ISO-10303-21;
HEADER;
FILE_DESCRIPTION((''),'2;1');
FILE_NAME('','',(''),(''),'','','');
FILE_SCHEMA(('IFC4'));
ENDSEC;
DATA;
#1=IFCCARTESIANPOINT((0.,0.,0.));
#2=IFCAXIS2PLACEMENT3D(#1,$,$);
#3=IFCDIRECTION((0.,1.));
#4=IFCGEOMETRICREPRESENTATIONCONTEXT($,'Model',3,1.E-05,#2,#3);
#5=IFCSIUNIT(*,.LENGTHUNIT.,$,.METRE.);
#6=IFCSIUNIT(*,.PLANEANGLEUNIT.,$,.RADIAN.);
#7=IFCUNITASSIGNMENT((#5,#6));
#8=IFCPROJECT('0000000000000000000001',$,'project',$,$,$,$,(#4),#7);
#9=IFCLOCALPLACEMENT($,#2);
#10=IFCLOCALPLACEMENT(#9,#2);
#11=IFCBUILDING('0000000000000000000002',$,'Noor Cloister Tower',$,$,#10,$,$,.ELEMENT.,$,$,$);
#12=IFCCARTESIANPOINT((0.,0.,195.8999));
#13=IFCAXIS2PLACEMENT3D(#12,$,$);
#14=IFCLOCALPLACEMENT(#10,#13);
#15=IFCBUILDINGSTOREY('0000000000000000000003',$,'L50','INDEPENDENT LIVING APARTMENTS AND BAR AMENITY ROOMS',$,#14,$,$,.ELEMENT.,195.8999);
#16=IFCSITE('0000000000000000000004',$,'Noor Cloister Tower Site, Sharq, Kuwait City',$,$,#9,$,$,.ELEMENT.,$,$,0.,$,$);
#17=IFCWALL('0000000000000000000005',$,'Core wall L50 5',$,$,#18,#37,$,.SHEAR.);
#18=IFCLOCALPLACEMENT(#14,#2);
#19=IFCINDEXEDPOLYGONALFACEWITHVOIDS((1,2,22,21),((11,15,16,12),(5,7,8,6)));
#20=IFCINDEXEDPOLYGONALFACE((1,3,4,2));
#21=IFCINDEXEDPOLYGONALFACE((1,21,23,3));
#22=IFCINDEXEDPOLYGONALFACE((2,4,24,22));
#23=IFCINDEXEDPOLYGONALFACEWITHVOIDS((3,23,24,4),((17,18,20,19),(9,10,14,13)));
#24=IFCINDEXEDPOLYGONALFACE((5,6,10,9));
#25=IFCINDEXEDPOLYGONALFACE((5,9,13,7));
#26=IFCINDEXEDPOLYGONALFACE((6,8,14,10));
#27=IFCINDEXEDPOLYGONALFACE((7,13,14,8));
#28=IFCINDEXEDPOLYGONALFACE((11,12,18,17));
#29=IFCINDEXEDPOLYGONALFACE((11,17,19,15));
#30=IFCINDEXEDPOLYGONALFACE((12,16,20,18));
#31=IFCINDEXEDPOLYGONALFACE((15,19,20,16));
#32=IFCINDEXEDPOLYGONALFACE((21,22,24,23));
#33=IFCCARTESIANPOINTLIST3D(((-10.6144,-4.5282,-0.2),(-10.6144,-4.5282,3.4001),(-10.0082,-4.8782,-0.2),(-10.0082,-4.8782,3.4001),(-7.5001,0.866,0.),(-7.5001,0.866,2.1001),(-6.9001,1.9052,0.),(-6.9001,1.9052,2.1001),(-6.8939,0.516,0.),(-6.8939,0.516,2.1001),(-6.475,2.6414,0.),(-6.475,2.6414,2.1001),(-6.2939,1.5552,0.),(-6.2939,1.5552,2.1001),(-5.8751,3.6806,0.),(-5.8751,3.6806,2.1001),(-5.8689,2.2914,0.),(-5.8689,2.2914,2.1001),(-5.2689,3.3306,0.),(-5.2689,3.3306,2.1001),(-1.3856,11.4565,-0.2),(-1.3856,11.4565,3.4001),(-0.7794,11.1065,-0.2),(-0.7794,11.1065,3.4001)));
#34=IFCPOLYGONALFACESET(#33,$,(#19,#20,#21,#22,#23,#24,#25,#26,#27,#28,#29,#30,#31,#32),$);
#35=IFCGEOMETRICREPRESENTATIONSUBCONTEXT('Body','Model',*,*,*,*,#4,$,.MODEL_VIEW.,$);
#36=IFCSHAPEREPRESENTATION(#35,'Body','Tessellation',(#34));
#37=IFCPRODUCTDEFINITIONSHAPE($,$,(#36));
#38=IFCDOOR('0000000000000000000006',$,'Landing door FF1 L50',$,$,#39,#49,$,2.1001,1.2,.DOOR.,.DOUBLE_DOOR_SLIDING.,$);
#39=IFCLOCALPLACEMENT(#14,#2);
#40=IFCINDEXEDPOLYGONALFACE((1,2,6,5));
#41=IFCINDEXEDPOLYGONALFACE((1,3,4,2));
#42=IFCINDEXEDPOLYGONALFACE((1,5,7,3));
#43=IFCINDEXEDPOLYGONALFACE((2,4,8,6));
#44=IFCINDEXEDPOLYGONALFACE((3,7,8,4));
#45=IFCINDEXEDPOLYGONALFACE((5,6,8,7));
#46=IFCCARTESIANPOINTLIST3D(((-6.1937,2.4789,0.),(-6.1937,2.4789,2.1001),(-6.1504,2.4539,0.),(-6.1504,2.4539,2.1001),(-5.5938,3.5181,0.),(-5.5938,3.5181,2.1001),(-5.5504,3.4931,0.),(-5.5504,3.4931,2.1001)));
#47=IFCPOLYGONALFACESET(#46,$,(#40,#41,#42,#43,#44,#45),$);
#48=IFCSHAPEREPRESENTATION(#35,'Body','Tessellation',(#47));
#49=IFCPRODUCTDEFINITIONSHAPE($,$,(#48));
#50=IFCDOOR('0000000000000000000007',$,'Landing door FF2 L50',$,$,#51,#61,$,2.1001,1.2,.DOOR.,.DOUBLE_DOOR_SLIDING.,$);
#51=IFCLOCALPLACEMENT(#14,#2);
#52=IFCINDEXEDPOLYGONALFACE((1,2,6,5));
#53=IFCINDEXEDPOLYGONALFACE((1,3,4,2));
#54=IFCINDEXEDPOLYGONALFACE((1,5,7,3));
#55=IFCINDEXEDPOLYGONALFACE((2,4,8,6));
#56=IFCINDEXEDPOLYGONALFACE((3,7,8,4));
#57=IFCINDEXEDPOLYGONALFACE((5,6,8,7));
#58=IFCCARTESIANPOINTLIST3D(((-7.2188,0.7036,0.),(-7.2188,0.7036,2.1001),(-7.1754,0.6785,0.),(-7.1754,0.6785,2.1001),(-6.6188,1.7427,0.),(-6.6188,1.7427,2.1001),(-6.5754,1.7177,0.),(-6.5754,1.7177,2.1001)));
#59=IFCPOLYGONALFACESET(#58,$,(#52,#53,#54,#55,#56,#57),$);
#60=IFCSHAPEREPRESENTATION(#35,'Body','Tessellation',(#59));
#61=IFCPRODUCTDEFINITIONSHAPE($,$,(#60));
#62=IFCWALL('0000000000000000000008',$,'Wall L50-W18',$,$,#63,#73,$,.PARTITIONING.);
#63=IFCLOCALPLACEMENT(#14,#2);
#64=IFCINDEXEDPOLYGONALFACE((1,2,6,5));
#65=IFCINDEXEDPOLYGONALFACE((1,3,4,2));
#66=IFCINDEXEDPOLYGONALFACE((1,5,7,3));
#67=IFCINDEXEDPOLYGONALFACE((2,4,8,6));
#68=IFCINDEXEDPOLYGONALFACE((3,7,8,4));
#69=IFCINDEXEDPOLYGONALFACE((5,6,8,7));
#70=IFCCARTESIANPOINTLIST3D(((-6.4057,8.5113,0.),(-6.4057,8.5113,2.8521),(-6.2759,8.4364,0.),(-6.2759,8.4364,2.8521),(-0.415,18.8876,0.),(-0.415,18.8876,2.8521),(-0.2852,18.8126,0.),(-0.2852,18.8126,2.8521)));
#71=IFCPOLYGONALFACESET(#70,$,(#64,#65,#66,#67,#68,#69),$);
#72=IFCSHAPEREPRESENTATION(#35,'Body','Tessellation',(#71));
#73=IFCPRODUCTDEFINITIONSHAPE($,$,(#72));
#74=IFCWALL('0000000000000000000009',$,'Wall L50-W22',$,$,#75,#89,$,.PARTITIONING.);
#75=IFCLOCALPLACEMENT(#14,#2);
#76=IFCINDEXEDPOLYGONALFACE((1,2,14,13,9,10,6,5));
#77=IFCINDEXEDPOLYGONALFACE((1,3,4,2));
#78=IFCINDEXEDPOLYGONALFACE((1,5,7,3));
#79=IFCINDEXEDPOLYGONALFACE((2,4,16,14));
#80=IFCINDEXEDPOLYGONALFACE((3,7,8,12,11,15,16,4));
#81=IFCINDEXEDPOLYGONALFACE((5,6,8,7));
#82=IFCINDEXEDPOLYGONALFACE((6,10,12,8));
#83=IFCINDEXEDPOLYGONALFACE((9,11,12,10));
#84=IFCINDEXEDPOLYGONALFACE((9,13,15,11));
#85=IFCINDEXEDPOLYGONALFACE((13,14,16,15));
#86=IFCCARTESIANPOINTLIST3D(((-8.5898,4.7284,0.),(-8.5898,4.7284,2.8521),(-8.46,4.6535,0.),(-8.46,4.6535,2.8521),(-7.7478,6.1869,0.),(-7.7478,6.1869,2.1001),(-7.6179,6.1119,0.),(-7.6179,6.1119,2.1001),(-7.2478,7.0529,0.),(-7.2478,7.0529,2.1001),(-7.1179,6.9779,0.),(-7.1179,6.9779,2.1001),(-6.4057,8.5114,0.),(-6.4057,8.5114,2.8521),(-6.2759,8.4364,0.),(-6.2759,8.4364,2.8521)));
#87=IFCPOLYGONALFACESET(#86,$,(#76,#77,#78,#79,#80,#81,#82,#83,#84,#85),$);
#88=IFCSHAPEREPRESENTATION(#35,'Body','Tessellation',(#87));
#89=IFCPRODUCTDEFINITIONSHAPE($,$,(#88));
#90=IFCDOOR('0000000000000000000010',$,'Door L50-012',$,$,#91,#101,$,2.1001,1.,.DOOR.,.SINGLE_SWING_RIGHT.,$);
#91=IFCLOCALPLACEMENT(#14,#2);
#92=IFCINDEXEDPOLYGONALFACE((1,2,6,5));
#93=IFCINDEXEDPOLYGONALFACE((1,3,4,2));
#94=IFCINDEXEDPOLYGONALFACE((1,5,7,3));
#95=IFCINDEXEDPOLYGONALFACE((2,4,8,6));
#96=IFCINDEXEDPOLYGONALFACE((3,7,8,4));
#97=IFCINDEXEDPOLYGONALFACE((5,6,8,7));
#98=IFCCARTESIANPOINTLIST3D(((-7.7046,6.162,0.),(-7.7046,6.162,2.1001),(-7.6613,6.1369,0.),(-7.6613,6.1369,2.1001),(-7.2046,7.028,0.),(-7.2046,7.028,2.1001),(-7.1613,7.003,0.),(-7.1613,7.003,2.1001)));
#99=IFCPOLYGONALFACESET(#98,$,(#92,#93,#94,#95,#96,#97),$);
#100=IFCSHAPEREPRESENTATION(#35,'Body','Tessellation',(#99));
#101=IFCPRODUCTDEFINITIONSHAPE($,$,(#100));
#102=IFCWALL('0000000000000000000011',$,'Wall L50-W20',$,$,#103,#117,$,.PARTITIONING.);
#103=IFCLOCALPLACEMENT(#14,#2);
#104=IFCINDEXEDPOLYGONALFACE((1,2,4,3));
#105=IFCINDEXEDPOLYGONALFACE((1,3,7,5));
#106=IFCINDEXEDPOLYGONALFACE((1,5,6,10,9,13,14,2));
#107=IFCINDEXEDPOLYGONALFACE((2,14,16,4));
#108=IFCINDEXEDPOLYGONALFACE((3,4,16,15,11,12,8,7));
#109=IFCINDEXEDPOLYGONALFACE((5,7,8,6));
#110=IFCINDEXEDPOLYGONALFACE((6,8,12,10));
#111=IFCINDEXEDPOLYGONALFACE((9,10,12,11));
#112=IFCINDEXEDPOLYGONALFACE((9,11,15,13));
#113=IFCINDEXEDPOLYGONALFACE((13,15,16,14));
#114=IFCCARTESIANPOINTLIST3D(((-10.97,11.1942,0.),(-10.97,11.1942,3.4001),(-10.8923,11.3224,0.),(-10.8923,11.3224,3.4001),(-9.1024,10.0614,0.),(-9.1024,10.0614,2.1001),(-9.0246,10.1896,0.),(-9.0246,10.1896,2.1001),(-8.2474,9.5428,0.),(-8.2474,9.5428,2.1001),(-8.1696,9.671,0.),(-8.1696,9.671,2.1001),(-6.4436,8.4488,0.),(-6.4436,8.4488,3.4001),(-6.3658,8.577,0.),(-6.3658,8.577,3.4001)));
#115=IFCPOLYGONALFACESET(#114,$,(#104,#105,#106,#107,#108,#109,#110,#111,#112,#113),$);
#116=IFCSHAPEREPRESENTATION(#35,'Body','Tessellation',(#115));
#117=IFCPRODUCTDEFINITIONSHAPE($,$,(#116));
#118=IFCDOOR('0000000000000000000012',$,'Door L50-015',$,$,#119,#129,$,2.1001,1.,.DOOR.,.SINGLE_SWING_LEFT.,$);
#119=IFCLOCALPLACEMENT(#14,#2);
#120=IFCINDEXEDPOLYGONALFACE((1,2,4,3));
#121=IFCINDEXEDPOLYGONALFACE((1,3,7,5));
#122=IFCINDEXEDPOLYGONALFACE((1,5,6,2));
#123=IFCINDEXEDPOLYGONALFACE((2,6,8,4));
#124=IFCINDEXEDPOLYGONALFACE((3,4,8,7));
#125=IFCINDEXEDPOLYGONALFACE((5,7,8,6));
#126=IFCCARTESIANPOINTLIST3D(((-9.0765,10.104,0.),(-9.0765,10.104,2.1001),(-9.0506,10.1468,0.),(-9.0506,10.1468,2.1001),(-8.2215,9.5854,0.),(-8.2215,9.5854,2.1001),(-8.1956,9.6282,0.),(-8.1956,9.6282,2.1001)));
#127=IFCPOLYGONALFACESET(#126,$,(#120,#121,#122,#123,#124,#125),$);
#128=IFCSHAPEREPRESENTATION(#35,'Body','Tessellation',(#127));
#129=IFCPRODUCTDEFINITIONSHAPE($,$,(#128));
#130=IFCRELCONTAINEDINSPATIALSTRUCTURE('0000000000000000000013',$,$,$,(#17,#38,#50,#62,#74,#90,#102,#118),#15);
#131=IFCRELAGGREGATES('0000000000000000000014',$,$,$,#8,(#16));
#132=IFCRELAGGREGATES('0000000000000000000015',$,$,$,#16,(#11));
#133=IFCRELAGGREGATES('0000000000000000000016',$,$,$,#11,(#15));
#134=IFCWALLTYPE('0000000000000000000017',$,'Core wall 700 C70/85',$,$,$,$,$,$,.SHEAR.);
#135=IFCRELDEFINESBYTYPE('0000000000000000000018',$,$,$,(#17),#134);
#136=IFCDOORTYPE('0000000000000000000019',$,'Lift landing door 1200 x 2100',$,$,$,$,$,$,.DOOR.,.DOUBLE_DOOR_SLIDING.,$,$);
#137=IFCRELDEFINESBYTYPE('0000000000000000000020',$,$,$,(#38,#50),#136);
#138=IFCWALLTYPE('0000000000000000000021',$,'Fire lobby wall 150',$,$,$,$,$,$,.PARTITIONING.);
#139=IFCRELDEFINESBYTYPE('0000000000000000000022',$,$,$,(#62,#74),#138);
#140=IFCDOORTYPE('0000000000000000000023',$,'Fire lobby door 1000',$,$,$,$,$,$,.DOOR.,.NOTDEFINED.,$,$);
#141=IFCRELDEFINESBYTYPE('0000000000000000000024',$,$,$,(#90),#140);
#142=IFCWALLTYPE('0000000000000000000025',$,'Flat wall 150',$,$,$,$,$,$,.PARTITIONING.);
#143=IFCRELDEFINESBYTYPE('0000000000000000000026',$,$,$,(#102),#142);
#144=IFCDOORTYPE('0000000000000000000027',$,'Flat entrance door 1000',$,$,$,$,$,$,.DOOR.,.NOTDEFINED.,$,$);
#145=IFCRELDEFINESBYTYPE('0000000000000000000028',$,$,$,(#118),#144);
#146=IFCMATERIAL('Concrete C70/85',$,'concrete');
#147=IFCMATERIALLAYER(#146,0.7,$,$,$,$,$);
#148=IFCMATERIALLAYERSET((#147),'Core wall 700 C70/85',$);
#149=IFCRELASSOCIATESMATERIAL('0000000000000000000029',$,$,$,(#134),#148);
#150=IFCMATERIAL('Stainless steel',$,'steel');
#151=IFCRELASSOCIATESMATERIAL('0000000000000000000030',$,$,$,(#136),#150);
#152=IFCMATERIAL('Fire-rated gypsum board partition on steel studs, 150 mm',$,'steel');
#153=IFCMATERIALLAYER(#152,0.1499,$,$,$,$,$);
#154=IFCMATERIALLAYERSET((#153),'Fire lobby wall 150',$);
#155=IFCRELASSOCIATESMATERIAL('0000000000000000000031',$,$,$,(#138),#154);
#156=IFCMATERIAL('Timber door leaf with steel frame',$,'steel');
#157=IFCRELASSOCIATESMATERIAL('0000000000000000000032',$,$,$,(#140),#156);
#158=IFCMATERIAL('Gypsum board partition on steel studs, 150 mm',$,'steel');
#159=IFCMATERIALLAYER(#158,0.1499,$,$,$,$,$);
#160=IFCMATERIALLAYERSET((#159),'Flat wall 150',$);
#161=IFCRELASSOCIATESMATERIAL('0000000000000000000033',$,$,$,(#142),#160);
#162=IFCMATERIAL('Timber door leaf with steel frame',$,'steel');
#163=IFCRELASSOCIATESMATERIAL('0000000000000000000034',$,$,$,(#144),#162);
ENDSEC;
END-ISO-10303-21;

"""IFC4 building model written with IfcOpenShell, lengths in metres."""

from ifc_helpers import new_model, si_unit, direction, frame, frame_2d, origin, place, context, subcontext, project, spatial, rectangle, extrude, material, layer, layer_set, type_object, element, fill, save


model = new_model("IFC4")

# Units and contexts
model_context = context("Model", 3, precision=1e-05, world=origin(), true_north=direction((0.0, 1.0)))
body_context = subcontext(model_context, "Body", "Model", "MODEL_VIEW")
ifc_project = project(units=[si_unit("LENGTHUNIT", "METRE"), si_unit("PLANEANGLEUNIT", "RADIAN")], contexts=[model_context])

# Site, building, storey
site_placement = place(None, origin())
site = spatial("IfcSite", under=ifc_project, at=site_placement, Name="Noor Cloister Tower Site, Sharq, Kuwait City", CompositionType="ELEMENT", RefElevation=0.0)
building_placement = place(site_placement, origin())
building = spatial("IfcBuilding", under=site, at=building_placement, Name="Noor Cloister Tower", CompositionType="ELEMENT")
storey_placement = place(building_placement, frame((0.0, 0.0, 195.8999)))
storey = spatial("IfcBuildingStorey", under=building, at=storey_placement, Name="L50", Description="INDEPENDENT LIVING APARTMENTS AND BAR AMENITY ROOMS", CompositionType="ELEMENT", Elevation=195.8999)

# Wall, openings, doors
ifc_material_1 = material(Name="Concrete C70/85", Category="concrete")
ifc_layer_1 = layer(ifc_material_1, 0.7)
ifc_layer_set_1 = layer_set([ifc_layer_1], Name="Core wall 700 C70/85")
wall_type_1 = type_object("IfcWallType", Name="Core wall 700 C70/85", PredefinedType="SHEAR", material=ifc_layer_set_1)
wall_1_placement = place(storey_placement, frame((-1.0825, 11.2815, -0.2), z_axis=(0.0, 0.0, 1.0), x_axis=(-0.500001, -0.866025, 0.0)))
wall_1 = element("IfcWall", 1, at=wall_1_placement, inside=storey, type_object=wall_type_1, Name="Core wall L50 5", PredefinedType="SHEAR", context=body_context, shape_type="SweptSolid", body=[
    extrude(rectangle(XDim=18.4575, YDim=0.7, at=frame_2d((9.2288, 0.0))), origin(), (0.0, 0.0, 1.0), 3.6001),
])
opening_1_placement = place(wall_1_placement, frame((8.9788, 0.0, 0.2)))
opening_1 = element("IfcOpeningElement", 2, at=opening_1_placement, cuts=wall_1, PredefinedType="OPENING", context=body_context, shape_type="SweptSolid", body=[
    extrude(rectangle(XDim=1.2, YDim=2.1001, at=frame_2d((0.6001, 1.05))), frame((0.0, 0.3599, 0.0), z_axis=(0.0, -1.0, 0.0), x_axis=(1.0, 0.0, 0.0)), (0.0, 0.0, 1.0), 0.72),
])
opening_2_placement = place(wall_1_placement, frame((11.0288, 0.0, 0.2)))
opening_2 = element("IfcOpeningElement", 3, at=opening_2_placement, cuts=wall_1, PredefinedType="OPENING", context=body_context, shape_type="SweptSolid", body=[
    extrude(rectangle(XDim=1.2, YDim=2.1001, at=frame_2d((0.6001, 1.05))), frame((0.0, 0.3599, 0.0), z_axis=(0.0, -1.0, 0.0), x_axis=(1.0, 0.0, 0.0)), (0.0, 0.0, 1.0), 0.72),
])
ifc_material_2 = material(Name="Stainless steel", Category="steel")
door_type_1 = type_object("IfcDoorType", Name="Lift landing door 1200 x 2100", OperationType="DOUBLE_DOOR_SLIDING", PredefinedType="DOOR", material=ifc_material_2)
door_1_placement = place(opening_1_placement, origin())
door_1 = element("IfcDoor", 4, at=door_1_placement, inside=storey, type_object=door_type_1, Name="Landing door FF1 L50", OperationType="DOUBLE_DOOR_SLIDING", OverallHeight=2.1001, OverallWidth=1.2, PredefinedType="DOOR", context=body_context, shape_type="SweptSolid", body=[
    extrude(rectangle(XDim=1.2, YDim=2.1001, at=frame_2d((0.6001, 1.05))), frame((0.0, 0.0249, 0.0), z_axis=(0.0, -1.0, 0.0), x_axis=(1.0, 0.0, 0.0)), (0.0, 0.0, 1.0), 0.05),
])
fill(opening_1, door_1)
door_2_placement = place(opening_2_placement, origin())
door_2 = element("IfcDoor", 5, at=door_2_placement, inside=storey, type_object=door_type_1, Name="Landing door FF2 L50", OperationType="DOUBLE_DOOR_SLIDING", OverallHeight=2.1001, OverallWidth=1.2, PredefinedType="DOOR", context=body_context, shape_type="SweptSolid", body=[
    extrude(rectangle(XDim=1.2, YDim=2.1001, at=frame_2d((0.6001, 1.05))), frame((0.0, 0.0249, 0.0), z_axis=(0.0, -1.0, 0.0), x_axis=(1.0, 0.0, 0.0)), (0.0, 0.0, 1.0), 0.05),
])
fill(opening_2, door_2)

# Wall
ifc_material_3 = material(Name="Fire-rated gypsum board partition on steel studs, 150 mm", Category="steel")
ifc_layer_2 = layer(ifc_material_3, 0.1499)
ifc_layer_set_2 = layer_set([ifc_layer_2], Name="Fire lobby wall 150")
wall_type_2 = type_object("IfcWallType", Name="Fire lobby wall 150", PredefinedType="PARTITIONING", material=ifc_layer_set_2)
wall_2_placement = place(storey_placement, frame((-0.3501, 18.8501, 0.0), z_axis=(0.0, 0.0, 1.0), x_axis=(-0.500001, -0.866025, 0.0)))
element("IfcWall", 6, at=wall_2_placement, inside=storey, type_object=wall_type_2, Name="Wall L50-W18", PredefinedType="PARTITIONING", context=body_context, shape_type="SweptSolid", body=[
    extrude(rectangle(XDim=11.9814, YDim=0.1499, at=frame_2d((5.9907, 0.0))), origin(), (0.0, 0.0, 1.0), 2.8521),
])

# Walls, openings, doors
wall_3_placement = place(storey_placement, frame((-6.3408, 8.4739, 0.0), z_axis=(0.0, 0.0, 1.0), x_axis=(-0.499998, -0.866026, 0.0)))
wall_3 = element("IfcWall", 7, at=wall_3_placement, inside=storey, type_object=wall_type_2, Name="Wall L50-W22", PredefinedType="PARTITIONING", context=body_context, shape_type="SweptSolid", body=[
    extrude(rectangle(XDim=4.3682, YDim=0.1499, at=frame_2d((2.1841, 0.0))), origin(), (0.0, 0.0, 1.0), 2.8521),
])
opening_3_placement = place(wall_3_placement, frame((1.6841, 0.0, 0.0)))
opening_3 = element("IfcOpeningElement", 8, at=opening_3_placement, cuts=wall_3, PredefinedType="OPENING", context=body_context, shape_type="SweptSolid", body=[
    extrude(rectangle(XDim=1.0, YDim=2.1001, at=frame_2d((0.5, 1.05))), frame((0.0, 0.085, 0.0), z_axis=(0.0, -1.0, 0.0), x_axis=(1.0, 0.0, 0.0)), (0.0, 0.0, 1.0), 0.1699),
])
ifc_material_4 = material(Name="Timber door leaf with steel frame", Category="steel")
door_type_2 = type_object("IfcDoorType", Name="Fire lobby door 1000", OperationType="NOTDEFINED", PredefinedType="DOOR", material=ifc_material_4)
door_3_placement = place(opening_3_placement, origin())
door_3 = element("IfcDoor", 9, at=door_3_placement, inside=storey, type_object=door_type_2, Name="Door L50-012", OperationType="SINGLE_SWING_RIGHT", OverallHeight=2.1001, OverallWidth=1.0, PredefinedType="DOOR", context=body_context, shape_type="SweptSolid", body=[
    extrude(rectangle(XDim=1.0, YDim=2.1001, at=frame_2d((0.5, 1.05))), frame((0.0, 0.0249, 0.0), z_axis=(0.0, -1.0, 0.0), x_axis=(1.0, 0.0, 0.0)), (0.0, 0.0, 1.0), 0.05),
])
fill(opening_3, door_3)
ifc_material_5 = material(Name="Gypsum board partition on steel studs, 150 mm", Category="steel")
ifc_layer_3 = layer(ifc_material_5, 0.1499)
ifc_layer_set_3 = layer_set([ifc_layer_3], Name="Flat wall 150")
wall_type_3 = type_object("IfcWallType", Name="Flat wall 150", PredefinedType="PARTITIONING", material=ifc_layer_set_3)
wall_4_placement = place(storey_placement, frame((-10.9312, 11.2583, 0.0), z_axis=(0.0, 0.0, 1.0), x_axis=(0.855021, -0.518593, 0.0)))
wall_4 = element("IfcWall", 10, at=wall_4_placement, inside=storey, type_object=wall_type_3, Name="Wall L50-W20", PredefinedType="PARTITIONING", context=body_context, shape_type="SweptSolid", body=[
    extrude(rectangle(XDim=5.2939, YDim=0.1499, at=frame_2d((2.647, 0.0))), origin(), (0.0, 0.0, 1.0), 3.4001),
])
opening_4_placement = place(wall_4_placement, frame((2.1843, 0.0, 0.0)))
opening_4 = element("IfcOpeningElement", 11, at=opening_4_placement, cuts=wall_4, PredefinedType="OPENING", context=body_context, shape_type="SweptSolid", body=[
    extrude(rectangle(XDim=1.0, YDim=2.1001, at=frame_2d((0.5, 1.05))), frame((0.0, 0.085, 0.0), z_axis=(0.0, -1.0, 0.0), x_axis=(1.0, 0.0, 0.0)), (0.0, 0.0, 1.0), 0.1699),
])
ifc_material_6 = material(Name="Timber door leaf with steel frame", Category="steel")
door_type_3 = type_object("IfcDoorType", Name="Flat entrance door 1000", OperationType="NOTDEFINED", PredefinedType="DOOR", material=ifc_material_6)
door_4_placement = place(opening_4_placement, origin())
door_4 = element("IfcDoor", 12, at=door_4_placement, inside=storey, type_object=door_type_3, Name="Door L50-015", OperationType="SINGLE_SWING_LEFT", OverallHeight=2.1001, OverallWidth=1.0, PredefinedType="DOOR", context=body_context, shape_type="SweptSolid", body=[
    extrude(rectangle(XDim=1.0, YDim=2.1001, at=frame_2d((0.5, 1.05))), frame((0.0, 0.0249, 0.0), z_axis=(0.0, -1.0, 0.0), x_axis=(1.0, 0.0, 0.0)), (0.0, 0.0, 1.0), 0.05),
])
fill(opening_4, door_4)

save(model, "model.ifc")
